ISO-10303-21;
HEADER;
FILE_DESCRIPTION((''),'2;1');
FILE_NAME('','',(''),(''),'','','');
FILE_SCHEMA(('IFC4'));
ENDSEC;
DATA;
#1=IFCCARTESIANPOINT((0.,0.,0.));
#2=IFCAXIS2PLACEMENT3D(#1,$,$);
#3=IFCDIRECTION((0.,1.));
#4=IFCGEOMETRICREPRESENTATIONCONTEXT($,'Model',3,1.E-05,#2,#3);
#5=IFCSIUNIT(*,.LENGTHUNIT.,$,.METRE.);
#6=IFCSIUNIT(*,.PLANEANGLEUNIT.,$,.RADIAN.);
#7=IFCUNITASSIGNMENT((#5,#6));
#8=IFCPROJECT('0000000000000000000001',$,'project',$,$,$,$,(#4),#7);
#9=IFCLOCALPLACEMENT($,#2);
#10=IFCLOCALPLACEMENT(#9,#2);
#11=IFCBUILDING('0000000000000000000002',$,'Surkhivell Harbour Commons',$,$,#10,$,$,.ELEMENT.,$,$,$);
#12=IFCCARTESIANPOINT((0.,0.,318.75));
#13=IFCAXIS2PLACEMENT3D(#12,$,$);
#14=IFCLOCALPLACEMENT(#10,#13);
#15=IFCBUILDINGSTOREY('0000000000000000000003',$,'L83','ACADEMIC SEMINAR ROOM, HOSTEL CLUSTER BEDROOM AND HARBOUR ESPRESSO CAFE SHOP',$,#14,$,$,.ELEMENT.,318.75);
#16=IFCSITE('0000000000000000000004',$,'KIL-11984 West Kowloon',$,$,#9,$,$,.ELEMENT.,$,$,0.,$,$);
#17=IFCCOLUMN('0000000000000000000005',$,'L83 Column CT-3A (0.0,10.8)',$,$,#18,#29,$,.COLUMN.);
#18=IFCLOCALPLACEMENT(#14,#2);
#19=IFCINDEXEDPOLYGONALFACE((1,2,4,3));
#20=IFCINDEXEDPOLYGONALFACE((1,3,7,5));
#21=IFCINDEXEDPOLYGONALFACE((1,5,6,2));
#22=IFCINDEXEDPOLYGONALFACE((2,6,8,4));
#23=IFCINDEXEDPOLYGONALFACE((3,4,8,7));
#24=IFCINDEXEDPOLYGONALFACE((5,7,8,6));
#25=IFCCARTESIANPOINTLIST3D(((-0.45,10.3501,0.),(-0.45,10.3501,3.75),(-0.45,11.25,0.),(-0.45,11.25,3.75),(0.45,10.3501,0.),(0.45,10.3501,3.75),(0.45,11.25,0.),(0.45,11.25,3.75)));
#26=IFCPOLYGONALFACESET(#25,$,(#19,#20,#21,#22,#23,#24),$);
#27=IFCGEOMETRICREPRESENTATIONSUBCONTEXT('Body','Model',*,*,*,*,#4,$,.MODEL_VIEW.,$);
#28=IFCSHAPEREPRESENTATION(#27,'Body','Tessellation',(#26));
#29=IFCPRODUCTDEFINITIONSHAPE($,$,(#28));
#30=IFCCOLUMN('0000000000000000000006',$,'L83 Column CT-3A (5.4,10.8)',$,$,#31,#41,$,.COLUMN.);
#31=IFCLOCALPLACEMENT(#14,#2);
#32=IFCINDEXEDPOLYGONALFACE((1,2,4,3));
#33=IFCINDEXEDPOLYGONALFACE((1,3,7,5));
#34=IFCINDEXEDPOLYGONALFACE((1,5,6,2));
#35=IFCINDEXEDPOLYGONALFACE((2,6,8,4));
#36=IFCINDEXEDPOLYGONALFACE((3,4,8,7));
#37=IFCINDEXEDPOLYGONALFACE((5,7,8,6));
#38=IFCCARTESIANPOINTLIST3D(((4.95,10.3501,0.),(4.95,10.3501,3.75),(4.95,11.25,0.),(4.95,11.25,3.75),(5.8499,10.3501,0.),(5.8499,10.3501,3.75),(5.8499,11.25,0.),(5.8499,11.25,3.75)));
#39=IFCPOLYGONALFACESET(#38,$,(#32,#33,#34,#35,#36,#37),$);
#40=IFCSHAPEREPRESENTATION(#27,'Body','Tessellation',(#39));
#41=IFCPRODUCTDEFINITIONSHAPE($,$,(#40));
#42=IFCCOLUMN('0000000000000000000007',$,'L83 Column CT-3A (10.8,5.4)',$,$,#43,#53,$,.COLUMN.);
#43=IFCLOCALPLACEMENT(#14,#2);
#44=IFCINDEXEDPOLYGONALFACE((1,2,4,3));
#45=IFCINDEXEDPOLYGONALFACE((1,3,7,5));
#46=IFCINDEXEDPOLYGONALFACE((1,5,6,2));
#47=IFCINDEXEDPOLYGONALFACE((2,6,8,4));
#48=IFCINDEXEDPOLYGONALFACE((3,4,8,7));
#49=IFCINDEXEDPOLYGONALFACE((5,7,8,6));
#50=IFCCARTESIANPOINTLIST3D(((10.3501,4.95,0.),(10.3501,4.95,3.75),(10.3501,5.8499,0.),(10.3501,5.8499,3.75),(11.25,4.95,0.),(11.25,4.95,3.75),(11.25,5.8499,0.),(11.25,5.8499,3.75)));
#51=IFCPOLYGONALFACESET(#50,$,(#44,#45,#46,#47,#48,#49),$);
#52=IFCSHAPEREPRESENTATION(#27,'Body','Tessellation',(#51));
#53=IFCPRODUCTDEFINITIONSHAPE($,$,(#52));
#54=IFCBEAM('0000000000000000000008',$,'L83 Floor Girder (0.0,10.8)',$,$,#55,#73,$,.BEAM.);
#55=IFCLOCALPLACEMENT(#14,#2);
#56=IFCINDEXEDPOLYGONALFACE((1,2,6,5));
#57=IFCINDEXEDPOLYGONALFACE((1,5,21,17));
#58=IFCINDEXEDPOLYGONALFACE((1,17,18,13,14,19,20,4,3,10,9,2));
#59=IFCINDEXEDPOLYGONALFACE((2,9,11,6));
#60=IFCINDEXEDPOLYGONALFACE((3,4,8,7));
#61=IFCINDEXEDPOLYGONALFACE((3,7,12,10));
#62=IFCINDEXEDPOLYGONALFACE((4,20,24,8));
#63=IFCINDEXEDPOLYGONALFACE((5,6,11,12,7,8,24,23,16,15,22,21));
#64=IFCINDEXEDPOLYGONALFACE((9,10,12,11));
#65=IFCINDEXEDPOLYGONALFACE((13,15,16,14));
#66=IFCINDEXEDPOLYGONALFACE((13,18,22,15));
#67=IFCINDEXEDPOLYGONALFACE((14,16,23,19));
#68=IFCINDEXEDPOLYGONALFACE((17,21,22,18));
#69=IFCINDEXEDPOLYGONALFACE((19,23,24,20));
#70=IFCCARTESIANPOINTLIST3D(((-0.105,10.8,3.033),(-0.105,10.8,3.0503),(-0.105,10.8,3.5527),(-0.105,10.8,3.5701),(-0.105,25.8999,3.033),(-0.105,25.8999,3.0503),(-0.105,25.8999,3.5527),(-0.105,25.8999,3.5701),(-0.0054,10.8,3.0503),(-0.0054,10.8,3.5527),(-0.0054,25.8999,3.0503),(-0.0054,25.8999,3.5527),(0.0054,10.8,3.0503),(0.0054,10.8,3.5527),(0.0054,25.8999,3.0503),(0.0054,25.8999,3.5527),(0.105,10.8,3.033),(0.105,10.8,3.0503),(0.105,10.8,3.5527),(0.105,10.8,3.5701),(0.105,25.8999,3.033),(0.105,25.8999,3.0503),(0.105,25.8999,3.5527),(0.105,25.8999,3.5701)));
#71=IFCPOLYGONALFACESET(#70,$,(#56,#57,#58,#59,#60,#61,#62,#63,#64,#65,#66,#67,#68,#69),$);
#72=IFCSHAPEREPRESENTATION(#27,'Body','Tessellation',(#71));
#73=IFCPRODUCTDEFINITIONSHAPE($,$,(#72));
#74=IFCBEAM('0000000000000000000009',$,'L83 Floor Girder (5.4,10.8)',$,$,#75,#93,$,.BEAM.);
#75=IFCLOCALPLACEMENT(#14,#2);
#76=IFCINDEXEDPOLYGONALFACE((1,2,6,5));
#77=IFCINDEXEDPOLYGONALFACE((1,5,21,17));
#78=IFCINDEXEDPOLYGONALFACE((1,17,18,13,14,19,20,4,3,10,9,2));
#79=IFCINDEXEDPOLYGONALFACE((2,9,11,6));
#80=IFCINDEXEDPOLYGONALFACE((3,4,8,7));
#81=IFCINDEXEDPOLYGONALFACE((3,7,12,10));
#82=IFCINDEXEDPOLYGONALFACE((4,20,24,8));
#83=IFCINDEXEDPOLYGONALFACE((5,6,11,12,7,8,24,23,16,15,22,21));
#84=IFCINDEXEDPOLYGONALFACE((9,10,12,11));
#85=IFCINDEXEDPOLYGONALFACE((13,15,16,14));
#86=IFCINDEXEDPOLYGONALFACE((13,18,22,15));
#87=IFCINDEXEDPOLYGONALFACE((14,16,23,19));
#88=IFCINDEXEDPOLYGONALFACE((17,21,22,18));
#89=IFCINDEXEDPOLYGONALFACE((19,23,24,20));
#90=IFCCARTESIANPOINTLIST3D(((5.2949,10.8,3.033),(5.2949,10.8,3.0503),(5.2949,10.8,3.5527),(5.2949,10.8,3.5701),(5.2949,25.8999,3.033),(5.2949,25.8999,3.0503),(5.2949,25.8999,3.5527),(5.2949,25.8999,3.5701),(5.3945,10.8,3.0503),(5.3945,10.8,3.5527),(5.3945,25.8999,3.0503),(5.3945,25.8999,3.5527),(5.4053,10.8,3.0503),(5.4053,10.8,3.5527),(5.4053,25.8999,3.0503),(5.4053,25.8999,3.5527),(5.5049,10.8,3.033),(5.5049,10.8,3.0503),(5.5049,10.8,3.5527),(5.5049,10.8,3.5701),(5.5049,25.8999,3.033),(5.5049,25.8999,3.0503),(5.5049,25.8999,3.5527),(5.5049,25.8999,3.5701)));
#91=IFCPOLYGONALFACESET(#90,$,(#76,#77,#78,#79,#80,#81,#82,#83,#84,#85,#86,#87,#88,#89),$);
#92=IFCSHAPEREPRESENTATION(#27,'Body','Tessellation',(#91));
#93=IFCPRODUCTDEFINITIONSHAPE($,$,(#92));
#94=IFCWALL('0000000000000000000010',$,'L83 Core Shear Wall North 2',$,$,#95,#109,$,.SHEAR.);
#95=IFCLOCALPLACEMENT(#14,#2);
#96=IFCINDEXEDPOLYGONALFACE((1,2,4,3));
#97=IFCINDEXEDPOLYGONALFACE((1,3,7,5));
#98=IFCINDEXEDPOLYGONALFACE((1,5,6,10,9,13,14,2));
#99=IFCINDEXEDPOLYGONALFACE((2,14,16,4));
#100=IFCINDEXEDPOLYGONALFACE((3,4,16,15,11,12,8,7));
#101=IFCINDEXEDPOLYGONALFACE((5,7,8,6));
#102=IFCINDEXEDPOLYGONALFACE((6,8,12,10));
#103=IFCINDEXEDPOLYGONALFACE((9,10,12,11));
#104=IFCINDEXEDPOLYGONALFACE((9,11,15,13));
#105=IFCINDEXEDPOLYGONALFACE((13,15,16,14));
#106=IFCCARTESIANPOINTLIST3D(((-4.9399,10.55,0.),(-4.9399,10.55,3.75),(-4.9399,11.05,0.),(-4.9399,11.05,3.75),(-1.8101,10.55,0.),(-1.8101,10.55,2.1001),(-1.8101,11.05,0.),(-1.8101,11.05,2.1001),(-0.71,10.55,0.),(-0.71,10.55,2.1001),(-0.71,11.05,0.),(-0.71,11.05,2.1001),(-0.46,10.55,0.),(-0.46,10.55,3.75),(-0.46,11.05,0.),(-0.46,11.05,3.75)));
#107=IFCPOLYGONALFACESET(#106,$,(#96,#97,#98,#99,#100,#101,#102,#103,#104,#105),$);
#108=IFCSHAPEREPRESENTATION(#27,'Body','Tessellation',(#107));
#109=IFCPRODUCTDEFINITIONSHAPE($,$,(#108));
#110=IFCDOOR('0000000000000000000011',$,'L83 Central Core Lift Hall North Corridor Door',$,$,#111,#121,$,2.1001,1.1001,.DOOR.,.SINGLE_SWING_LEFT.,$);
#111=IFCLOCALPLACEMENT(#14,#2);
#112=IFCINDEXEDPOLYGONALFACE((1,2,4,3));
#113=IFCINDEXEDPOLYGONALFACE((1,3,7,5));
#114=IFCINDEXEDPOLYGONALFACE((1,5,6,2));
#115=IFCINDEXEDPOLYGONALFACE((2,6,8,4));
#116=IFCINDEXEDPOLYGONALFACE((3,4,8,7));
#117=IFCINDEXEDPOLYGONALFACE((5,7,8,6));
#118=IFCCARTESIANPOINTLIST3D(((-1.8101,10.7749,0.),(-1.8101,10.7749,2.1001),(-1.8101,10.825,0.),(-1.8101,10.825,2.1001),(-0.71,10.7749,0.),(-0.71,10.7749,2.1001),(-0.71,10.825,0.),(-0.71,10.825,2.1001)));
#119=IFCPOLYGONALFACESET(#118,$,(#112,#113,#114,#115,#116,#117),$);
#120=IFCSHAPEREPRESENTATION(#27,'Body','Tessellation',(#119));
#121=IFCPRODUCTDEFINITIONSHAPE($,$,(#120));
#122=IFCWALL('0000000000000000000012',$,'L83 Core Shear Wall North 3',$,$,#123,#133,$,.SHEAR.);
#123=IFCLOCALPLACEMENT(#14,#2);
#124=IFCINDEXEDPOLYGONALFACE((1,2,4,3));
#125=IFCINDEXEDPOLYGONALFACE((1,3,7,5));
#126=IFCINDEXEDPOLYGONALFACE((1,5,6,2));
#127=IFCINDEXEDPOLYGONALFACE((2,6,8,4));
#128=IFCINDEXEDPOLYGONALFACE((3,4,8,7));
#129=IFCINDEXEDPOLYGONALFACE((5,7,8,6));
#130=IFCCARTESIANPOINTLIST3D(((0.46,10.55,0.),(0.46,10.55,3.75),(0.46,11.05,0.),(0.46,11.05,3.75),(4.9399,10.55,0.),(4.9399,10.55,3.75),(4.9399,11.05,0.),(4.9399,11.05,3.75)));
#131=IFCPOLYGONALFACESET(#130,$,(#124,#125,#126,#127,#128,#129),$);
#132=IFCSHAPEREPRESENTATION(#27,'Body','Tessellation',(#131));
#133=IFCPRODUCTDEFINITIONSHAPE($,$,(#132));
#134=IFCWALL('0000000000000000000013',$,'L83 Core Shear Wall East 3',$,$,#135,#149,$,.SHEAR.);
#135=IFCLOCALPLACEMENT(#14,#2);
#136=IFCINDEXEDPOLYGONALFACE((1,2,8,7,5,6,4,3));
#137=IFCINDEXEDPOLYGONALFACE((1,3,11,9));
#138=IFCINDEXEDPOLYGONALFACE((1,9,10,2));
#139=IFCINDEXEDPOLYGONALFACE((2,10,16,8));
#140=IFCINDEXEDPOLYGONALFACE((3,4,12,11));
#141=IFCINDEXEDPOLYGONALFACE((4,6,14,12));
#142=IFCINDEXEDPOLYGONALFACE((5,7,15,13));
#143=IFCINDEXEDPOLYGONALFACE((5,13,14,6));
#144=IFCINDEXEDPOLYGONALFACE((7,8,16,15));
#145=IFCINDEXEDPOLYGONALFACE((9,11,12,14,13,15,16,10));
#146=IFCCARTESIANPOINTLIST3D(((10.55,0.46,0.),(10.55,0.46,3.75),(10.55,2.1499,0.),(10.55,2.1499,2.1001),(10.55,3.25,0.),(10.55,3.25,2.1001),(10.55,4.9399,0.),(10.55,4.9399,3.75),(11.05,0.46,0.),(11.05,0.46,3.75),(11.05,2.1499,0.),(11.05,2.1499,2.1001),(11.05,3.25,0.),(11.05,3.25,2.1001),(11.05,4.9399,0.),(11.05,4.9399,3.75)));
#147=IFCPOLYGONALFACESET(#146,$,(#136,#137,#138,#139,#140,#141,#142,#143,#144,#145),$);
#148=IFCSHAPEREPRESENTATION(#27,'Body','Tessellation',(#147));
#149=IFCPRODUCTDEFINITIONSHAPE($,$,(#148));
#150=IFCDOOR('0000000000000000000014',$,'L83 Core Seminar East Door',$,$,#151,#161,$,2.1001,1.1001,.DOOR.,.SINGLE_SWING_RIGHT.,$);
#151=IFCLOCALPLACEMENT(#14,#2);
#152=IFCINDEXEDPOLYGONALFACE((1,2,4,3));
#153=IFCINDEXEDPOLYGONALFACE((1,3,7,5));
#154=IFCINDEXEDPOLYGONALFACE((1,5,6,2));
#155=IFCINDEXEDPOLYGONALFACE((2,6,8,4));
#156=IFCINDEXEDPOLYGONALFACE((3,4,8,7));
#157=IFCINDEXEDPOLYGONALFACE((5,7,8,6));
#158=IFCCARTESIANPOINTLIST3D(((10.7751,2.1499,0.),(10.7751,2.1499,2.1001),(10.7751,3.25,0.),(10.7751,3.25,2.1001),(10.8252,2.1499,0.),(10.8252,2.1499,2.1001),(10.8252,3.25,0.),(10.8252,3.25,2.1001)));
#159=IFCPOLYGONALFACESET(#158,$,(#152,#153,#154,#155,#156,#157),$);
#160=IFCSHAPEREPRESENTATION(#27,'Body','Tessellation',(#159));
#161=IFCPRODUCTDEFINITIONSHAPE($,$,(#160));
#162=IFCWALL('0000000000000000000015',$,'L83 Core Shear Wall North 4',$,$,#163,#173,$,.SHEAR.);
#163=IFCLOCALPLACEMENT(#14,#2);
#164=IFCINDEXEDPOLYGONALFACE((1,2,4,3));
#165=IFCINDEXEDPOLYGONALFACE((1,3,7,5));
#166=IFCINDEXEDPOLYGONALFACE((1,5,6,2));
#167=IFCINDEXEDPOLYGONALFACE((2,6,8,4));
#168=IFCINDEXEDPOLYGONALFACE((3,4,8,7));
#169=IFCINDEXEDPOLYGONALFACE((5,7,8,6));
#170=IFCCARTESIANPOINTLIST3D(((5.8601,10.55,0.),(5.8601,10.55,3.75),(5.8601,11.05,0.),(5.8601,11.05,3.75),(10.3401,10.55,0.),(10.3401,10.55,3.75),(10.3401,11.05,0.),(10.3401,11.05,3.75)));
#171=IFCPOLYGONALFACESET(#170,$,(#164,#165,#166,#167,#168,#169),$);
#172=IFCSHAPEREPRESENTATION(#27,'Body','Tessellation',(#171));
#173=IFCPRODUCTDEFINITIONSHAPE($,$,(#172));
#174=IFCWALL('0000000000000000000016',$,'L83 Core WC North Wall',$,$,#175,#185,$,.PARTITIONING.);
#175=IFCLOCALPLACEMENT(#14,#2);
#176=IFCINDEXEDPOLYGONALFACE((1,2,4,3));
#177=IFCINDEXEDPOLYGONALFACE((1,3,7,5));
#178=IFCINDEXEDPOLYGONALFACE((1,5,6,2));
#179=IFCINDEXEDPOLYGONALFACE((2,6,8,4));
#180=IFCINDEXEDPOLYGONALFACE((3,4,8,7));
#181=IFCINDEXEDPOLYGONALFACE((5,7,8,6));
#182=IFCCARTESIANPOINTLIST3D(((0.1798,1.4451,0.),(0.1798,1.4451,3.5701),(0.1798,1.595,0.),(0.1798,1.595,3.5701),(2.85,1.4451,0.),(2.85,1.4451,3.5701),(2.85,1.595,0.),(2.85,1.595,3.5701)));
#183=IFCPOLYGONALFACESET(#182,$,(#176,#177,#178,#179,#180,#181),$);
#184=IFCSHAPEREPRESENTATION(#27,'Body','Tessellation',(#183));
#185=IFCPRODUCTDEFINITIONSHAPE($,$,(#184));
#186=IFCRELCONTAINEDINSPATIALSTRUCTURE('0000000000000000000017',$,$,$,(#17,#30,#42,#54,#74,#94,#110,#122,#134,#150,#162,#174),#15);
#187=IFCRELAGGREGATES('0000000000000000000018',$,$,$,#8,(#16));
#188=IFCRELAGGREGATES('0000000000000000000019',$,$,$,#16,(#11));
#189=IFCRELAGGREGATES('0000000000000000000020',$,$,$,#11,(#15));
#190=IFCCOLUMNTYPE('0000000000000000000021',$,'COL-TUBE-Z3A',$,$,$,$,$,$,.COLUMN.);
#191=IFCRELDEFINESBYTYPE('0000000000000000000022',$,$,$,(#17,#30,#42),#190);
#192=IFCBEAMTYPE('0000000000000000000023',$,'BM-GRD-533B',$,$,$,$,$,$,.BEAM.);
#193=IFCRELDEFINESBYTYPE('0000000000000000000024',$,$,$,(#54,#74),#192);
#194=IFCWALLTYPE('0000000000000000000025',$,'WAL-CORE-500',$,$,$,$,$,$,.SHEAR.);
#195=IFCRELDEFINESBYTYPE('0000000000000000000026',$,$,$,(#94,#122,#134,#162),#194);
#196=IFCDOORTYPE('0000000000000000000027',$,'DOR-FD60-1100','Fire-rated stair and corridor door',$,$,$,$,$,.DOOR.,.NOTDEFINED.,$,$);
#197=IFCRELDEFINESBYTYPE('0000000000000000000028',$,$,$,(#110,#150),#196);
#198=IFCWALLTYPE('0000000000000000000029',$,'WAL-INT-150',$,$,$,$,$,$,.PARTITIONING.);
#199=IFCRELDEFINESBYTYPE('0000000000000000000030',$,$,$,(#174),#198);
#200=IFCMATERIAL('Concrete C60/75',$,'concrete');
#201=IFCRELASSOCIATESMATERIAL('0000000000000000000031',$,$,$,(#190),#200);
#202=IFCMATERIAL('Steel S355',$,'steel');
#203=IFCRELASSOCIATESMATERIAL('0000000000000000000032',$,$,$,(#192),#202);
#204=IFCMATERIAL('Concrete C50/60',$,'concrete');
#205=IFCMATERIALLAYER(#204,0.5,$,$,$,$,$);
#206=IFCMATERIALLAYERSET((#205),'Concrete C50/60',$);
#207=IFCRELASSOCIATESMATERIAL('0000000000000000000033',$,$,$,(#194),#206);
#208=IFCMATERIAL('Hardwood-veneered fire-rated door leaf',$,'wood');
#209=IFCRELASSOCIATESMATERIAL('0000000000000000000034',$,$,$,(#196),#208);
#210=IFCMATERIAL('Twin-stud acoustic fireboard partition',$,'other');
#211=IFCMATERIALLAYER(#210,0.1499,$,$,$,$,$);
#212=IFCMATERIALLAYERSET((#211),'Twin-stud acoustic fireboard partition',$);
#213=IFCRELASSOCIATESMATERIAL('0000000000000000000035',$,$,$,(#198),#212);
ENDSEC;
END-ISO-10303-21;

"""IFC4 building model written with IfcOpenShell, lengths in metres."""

from ifc_helpers import new_model, si_unit, direction, frame, frame_2d, origin, origin_2d, place, context, subcontext, project, spatial, rectangle, i_section, extrude, material, layer, layer_set, material_profile, profile_set, type_object, element, fill, save


model = new_model("IFC4")

# Units and contexts
model_context = context("Model", 3, precision=1e-05, world=origin(), true_north=direction((0.0, 1.0)))
body_context = subcontext(model_context, "Body", "Model", "MODEL_VIEW")
ifc_project = project(units=[si_unit("LENGTHUNIT", "METRE"), si_unit("PLANEANGLEUNIT", "RADIAN")], contexts=[model_context])

# Site, building, storey
site_placement = place(None, origin())
site = spatial("IfcSite", under=ifc_project, at=site_placement, Name="KIL-11984 West Kowloon", CompositionType="ELEMENT", RefElevation=0.0)
building_placement = place(site_placement, origin())
building = spatial("IfcBuilding", under=site, at=building_placement, Name="Surkhivell Harbour Commons", CompositionType="ELEMENT")
storey_placement = place(building_placement, frame((0.0, 0.0, 318.75)))
storey = spatial("IfcBuildingStorey", under=building, at=storey_placement, Name="L83", Description="ACADEMIC SEMINAR ROOM, HOSTEL CLUSTER BEDROOM AND HARBOUR ESPRESSO CAFE SHOP", CompositionType="ELEMENT", Elevation=318.75)

# Columns
ifc_material_1 = material(Name="Concrete C60/75", Category="concrete")
ifc_material_profile_1 = material_profile(ifc_material_1, rectangle(XDim=0.8999, YDim=0.8999, at=origin_2d()), Name="RC-COL-900x900")
ifc_profile_set_1 = profile_set([ifc_material_profile_1], Name="Concrete C60/75")
column_type = type_object("IfcColumnType", Name="COL-TUBE-Z3A", PredefinedType="COLUMN", material=ifc_profile_set_1)
for number, where, z_axis, x_axis, name in (
    (1, (0.0, 10.8, 0.0), (0.0, 0.0, 1.0), (1.0, 0.0, 0.0), "L83 Column CT-3A (0.0,10.8)"),
    (2, (5.3999, 10.8, 0.0), (0.0, 0.0, 1.0), (1.0, 0.0, 0.0), "L83 Column CT-3A (5.4,10.8)"),
    (3, (10.8, 5.3999, 0.0), (0.0, 0.0, 1.0), (1.0, 0.0, 0.0), "L83 Column CT-3A (10.8,5.4)"),
):
    element("IfcColumn", number, at=place(storey_placement, frame(where, z_axis=z_axis, x_axis=x_axis)), inside=storey, type_object=column_type, Name=name, PredefinedType="COLUMN", context=body_context, shape_type="SweptSolid", body=[
        extrude(rectangle(XDim=0.8999, YDim=0.8999, at=origin_2d()), origin(), (0.0, 0.0, 1.0), 3.75),
    ])

# Beams
ifc_material_2 = material(Name="Steel S355", Category="steel")
ifc_material_profile_2 = material_profile(ifc_material_2, i_section(OverallWidth=0.21, OverallDepth=0.5371, WebThickness=0.0107, FlangeThickness=0.0173, at=origin_2d()), Name="UB533x210x101")
ifc_profile_set_2 = profile_set([ifc_material_profile_2], Name="Steel S355")
beam_type = type_object("IfcBeamType", Name="BM-GRD-533B", PredefinedType="BEAM", material=ifc_profile_set_2)
for number, where, z_axis, x_axis, name in (
    (4, (0.0, 10.8, 3.3015), (0.0, 1.0, 0.0), (-1.0, 0.0, 0.0), "L83 Floor Girder (0.0,10.8)"),
    (5, (5.3999, 10.8, 3.3015), (0.0, 1.0, 0.0), (-1.0, 0.0, 0.0), "L83 Floor Girder (5.4,10.8)"),
):
    element("IfcBeam", number, at=place(storey_placement, frame(where, z_axis=z_axis, x_axis=x_axis)), inside=storey, type_object=beam_type, Name=name, PredefinedType="BEAM", context=body_context, shape_type="SweptSolid", body=[
        extrude(i_section(OverallWidth=0.21, OverallDepth=0.5371, WebThickness=0.0107, FlangeThickness=0.0173, at=origin_2d()), origin(), (0.0, 0.0, 1.0), 15.0999),
    ])

# Wall, opening, door
ifc_material_3 = material(Name="Concrete C50/60", Category="concrete")
ifc_layer_1 = layer(ifc_material_3, 0.5)
ifc_layer_set_1 = layer_set([ifc_layer_1], Name="Concrete C50/60")
wall_type_1 = type_object("IfcWallType", Name="WAL-CORE-500", PredefinedType="SHEAR", material=ifc_layer_set_1)
wall_1_placement = place(storey_placement, frame((-4.9399, 10.8, 0.0), z_axis=(0.0, 0.0, 1.0), x_axis=(1.0, 0.0, 0.0)))
wall_1 = element("IfcWall", 6, at=wall_1_placement, inside=storey, type_object=wall_type_1, Name="L83 Core Shear Wall North 2", PredefinedType="SHEAR", context=body_context, shape_type="SweptSolid", body=[
    extrude(rectangle(XDim=4.48, YDim=0.5, at=frame_2d((2.24, 0.0))), origin(), (0.0, 0.0, 1.0), 3.75),
])
opening_1_placement = place(wall_1_placement, frame((3.1299, 0.0, 0.0)))
opening_1 = element("IfcOpeningElement", 7, at=opening_1_placement, cuts=wall_1, PredefinedType="OPENING", context=body_context, shape_type="SweptSolid", body=[
    extrude(rectangle(XDim=1.1001, YDim=2.1001, at=frame_2d((0.55, 1.05))), frame((0.0, 0.26, 0.0), z_axis=(0.0, -1.0, 0.0), x_axis=(1.0, 0.0, 0.0)), (0.0, 0.0, 1.0), 0.52),
])
ifc_material_4 = material(Name="Hardwood-veneered fire-rated door leaf", Category="wood")
door_type_1 = type_object("IfcDoorType", Name="DOR-FD60-1100", Description="Fire-rated stair and corridor door", OperationType="NOTDEFINED", PredefinedType="DOOR", material=ifc_material_4)
door_1_placement = place(opening_1_placement, origin())
door_1 = element("IfcDoor", 8, at=door_1_placement, inside=storey, type_object=door_type_1, Name="L83 Central Core Lift Hall North Corridor Door", OperationType="SINGLE_SWING_LEFT", OverallHeight=2.1001, OverallWidth=1.1001, PredefinedType="DOOR", context=body_context, shape_type="SweptSolid", body=[
    extrude(rectangle(XDim=1.1001, YDim=2.1001, at=frame_2d((0.55, 1.05))), frame((0.0, 0.0249, 0.0), z_axis=(0.0, -1.0, 0.0), x_axis=(1.0, 0.0, 0.0)), (0.0, 0.0, 1.0), 0.05),
])
fill(opening_1, door_1)

# Wall
wall_2_placement = place(storey_placement, frame((0.46, 10.8, 0.0), z_axis=(0.0, 0.0, 1.0), x_axis=(1.0, 0.0, 0.0)))
element("IfcWall", 9, at=wall_2_placement, inside=storey, type_object=wall_type_1, Name="L83 Core Shear Wall North 3", PredefinedType="SHEAR", context=body_context, shape_type="SweptSolid", body=[
    extrude(rectangle(XDim=4.48, YDim=0.5, at=frame_2d((2.24, 0.0))), origin(), (0.0, 0.0, 1.0), 3.75),
])

# Wall, opening, door
wall_3_placement = place(storey_placement, frame((10.8, 0.46, 0.0), z_axis=(0.0, 0.0, 1.0), x_axis=(0.0, 1.0, 0.0)))
wall_3 = element("IfcWall", 10, at=wall_3_placement, inside=storey, type_object=wall_type_1, Name="L83 Core Shear Wall East 3", PredefinedType="SHEAR", context=body_context, shape_type="SweptSolid", body=[
    extrude(rectangle(XDim=4.48, YDim=0.5, at=frame_2d((2.24, 0.0))), origin(), (0.0, 0.0, 1.0), 3.75),
])
opening_2_placement = place(wall_3_placement, frame((1.6899, 0.0, 0.0)))
opening_2 = element("IfcOpeningElement", 11, at=opening_2_placement, cuts=wall_3, PredefinedType="OPENING", context=body_context, shape_type="SweptSolid", body=[
    extrude(rectangle(XDim=1.1001, YDim=2.1001, at=frame_2d((0.55, 1.05))), frame((0.0, 0.26, 0.0), z_axis=(0.0, -1.0, 0.0), x_axis=(1.0, 0.0, 0.0)), (0.0, 0.0, 1.0), 0.52),
])
door_2_placement = place(opening_2_placement, origin())
door_2 = element("IfcDoor", 12, at=door_2_placement, inside=storey, type_object=door_type_1, Name="L83 Core Seminar East Door", OperationType="SINGLE_SWING_RIGHT", OverallHeight=2.1001, OverallWidth=1.1001, PredefinedType="DOOR", context=body_context, shape_type="SweptSolid", body=[
    extrude(rectangle(XDim=1.1001, YDim=2.1001, at=frame_2d((0.55, 1.05))), frame((0.0, 0.0249, 0.0), z_axis=(0.0, -1.0, 0.0), x_axis=(1.0, 0.0, 0.0)), (0.0, 0.0, 1.0), 0.05),
])
fill(opening_2, door_2)

# Walls
wall_4_placement = place(storey_placement, frame((5.8601, 10.8, 0.0), z_axis=(0.0, 0.0, 1.0), x_axis=(1.0, 0.0, 0.0)))
element("IfcWall", 13, at=wall_4_placement, inside=storey, type_object=wall_type_1, Name="L83 Core Shear Wall North 4", PredefinedType="SHEAR", context=body_context, shape_type="SweptSolid", body=[
    extrude(rectangle(XDim=4.48, YDim=0.5, at=frame_2d((2.24, 0.0))), origin(), (0.0, 0.0, 1.0), 3.75),
])
ifc_material_5 = material(Name="Twin-stud acoustic fireboard partition", Category="other")
ifc_layer_2 = layer(ifc_material_5, 0.1499)
ifc_layer_set_2 = layer_set([ifc_layer_2], Name="Twin-stud acoustic fireboard partition")
wall_type_2 = type_object("IfcWallType", Name="WAL-INT-150", PredefinedType="PARTITIONING", material=ifc_layer_set_2)
wall_5_placement = place(storey_placement, frame((0.1799, 1.52, 0.0), z_axis=(0.0, 0.0, 1.0), x_axis=(1.0, 0.0, 0.0)))
element("IfcWall", 14, at=wall_5_placement, inside=storey, type_object=wall_type_2, Name="L83 Core WC North Wall", PredefinedType="PARTITIONING", context=body_context, shape_type="SweptSolid", body=[
    extrude(rectangle(XDim=2.6702, YDim=0.1499, at=frame_2d((1.335, 0.0))), origin(), (0.0, 0.0, 1.0), 3.5701),
])

save(model, "model.ifc")
